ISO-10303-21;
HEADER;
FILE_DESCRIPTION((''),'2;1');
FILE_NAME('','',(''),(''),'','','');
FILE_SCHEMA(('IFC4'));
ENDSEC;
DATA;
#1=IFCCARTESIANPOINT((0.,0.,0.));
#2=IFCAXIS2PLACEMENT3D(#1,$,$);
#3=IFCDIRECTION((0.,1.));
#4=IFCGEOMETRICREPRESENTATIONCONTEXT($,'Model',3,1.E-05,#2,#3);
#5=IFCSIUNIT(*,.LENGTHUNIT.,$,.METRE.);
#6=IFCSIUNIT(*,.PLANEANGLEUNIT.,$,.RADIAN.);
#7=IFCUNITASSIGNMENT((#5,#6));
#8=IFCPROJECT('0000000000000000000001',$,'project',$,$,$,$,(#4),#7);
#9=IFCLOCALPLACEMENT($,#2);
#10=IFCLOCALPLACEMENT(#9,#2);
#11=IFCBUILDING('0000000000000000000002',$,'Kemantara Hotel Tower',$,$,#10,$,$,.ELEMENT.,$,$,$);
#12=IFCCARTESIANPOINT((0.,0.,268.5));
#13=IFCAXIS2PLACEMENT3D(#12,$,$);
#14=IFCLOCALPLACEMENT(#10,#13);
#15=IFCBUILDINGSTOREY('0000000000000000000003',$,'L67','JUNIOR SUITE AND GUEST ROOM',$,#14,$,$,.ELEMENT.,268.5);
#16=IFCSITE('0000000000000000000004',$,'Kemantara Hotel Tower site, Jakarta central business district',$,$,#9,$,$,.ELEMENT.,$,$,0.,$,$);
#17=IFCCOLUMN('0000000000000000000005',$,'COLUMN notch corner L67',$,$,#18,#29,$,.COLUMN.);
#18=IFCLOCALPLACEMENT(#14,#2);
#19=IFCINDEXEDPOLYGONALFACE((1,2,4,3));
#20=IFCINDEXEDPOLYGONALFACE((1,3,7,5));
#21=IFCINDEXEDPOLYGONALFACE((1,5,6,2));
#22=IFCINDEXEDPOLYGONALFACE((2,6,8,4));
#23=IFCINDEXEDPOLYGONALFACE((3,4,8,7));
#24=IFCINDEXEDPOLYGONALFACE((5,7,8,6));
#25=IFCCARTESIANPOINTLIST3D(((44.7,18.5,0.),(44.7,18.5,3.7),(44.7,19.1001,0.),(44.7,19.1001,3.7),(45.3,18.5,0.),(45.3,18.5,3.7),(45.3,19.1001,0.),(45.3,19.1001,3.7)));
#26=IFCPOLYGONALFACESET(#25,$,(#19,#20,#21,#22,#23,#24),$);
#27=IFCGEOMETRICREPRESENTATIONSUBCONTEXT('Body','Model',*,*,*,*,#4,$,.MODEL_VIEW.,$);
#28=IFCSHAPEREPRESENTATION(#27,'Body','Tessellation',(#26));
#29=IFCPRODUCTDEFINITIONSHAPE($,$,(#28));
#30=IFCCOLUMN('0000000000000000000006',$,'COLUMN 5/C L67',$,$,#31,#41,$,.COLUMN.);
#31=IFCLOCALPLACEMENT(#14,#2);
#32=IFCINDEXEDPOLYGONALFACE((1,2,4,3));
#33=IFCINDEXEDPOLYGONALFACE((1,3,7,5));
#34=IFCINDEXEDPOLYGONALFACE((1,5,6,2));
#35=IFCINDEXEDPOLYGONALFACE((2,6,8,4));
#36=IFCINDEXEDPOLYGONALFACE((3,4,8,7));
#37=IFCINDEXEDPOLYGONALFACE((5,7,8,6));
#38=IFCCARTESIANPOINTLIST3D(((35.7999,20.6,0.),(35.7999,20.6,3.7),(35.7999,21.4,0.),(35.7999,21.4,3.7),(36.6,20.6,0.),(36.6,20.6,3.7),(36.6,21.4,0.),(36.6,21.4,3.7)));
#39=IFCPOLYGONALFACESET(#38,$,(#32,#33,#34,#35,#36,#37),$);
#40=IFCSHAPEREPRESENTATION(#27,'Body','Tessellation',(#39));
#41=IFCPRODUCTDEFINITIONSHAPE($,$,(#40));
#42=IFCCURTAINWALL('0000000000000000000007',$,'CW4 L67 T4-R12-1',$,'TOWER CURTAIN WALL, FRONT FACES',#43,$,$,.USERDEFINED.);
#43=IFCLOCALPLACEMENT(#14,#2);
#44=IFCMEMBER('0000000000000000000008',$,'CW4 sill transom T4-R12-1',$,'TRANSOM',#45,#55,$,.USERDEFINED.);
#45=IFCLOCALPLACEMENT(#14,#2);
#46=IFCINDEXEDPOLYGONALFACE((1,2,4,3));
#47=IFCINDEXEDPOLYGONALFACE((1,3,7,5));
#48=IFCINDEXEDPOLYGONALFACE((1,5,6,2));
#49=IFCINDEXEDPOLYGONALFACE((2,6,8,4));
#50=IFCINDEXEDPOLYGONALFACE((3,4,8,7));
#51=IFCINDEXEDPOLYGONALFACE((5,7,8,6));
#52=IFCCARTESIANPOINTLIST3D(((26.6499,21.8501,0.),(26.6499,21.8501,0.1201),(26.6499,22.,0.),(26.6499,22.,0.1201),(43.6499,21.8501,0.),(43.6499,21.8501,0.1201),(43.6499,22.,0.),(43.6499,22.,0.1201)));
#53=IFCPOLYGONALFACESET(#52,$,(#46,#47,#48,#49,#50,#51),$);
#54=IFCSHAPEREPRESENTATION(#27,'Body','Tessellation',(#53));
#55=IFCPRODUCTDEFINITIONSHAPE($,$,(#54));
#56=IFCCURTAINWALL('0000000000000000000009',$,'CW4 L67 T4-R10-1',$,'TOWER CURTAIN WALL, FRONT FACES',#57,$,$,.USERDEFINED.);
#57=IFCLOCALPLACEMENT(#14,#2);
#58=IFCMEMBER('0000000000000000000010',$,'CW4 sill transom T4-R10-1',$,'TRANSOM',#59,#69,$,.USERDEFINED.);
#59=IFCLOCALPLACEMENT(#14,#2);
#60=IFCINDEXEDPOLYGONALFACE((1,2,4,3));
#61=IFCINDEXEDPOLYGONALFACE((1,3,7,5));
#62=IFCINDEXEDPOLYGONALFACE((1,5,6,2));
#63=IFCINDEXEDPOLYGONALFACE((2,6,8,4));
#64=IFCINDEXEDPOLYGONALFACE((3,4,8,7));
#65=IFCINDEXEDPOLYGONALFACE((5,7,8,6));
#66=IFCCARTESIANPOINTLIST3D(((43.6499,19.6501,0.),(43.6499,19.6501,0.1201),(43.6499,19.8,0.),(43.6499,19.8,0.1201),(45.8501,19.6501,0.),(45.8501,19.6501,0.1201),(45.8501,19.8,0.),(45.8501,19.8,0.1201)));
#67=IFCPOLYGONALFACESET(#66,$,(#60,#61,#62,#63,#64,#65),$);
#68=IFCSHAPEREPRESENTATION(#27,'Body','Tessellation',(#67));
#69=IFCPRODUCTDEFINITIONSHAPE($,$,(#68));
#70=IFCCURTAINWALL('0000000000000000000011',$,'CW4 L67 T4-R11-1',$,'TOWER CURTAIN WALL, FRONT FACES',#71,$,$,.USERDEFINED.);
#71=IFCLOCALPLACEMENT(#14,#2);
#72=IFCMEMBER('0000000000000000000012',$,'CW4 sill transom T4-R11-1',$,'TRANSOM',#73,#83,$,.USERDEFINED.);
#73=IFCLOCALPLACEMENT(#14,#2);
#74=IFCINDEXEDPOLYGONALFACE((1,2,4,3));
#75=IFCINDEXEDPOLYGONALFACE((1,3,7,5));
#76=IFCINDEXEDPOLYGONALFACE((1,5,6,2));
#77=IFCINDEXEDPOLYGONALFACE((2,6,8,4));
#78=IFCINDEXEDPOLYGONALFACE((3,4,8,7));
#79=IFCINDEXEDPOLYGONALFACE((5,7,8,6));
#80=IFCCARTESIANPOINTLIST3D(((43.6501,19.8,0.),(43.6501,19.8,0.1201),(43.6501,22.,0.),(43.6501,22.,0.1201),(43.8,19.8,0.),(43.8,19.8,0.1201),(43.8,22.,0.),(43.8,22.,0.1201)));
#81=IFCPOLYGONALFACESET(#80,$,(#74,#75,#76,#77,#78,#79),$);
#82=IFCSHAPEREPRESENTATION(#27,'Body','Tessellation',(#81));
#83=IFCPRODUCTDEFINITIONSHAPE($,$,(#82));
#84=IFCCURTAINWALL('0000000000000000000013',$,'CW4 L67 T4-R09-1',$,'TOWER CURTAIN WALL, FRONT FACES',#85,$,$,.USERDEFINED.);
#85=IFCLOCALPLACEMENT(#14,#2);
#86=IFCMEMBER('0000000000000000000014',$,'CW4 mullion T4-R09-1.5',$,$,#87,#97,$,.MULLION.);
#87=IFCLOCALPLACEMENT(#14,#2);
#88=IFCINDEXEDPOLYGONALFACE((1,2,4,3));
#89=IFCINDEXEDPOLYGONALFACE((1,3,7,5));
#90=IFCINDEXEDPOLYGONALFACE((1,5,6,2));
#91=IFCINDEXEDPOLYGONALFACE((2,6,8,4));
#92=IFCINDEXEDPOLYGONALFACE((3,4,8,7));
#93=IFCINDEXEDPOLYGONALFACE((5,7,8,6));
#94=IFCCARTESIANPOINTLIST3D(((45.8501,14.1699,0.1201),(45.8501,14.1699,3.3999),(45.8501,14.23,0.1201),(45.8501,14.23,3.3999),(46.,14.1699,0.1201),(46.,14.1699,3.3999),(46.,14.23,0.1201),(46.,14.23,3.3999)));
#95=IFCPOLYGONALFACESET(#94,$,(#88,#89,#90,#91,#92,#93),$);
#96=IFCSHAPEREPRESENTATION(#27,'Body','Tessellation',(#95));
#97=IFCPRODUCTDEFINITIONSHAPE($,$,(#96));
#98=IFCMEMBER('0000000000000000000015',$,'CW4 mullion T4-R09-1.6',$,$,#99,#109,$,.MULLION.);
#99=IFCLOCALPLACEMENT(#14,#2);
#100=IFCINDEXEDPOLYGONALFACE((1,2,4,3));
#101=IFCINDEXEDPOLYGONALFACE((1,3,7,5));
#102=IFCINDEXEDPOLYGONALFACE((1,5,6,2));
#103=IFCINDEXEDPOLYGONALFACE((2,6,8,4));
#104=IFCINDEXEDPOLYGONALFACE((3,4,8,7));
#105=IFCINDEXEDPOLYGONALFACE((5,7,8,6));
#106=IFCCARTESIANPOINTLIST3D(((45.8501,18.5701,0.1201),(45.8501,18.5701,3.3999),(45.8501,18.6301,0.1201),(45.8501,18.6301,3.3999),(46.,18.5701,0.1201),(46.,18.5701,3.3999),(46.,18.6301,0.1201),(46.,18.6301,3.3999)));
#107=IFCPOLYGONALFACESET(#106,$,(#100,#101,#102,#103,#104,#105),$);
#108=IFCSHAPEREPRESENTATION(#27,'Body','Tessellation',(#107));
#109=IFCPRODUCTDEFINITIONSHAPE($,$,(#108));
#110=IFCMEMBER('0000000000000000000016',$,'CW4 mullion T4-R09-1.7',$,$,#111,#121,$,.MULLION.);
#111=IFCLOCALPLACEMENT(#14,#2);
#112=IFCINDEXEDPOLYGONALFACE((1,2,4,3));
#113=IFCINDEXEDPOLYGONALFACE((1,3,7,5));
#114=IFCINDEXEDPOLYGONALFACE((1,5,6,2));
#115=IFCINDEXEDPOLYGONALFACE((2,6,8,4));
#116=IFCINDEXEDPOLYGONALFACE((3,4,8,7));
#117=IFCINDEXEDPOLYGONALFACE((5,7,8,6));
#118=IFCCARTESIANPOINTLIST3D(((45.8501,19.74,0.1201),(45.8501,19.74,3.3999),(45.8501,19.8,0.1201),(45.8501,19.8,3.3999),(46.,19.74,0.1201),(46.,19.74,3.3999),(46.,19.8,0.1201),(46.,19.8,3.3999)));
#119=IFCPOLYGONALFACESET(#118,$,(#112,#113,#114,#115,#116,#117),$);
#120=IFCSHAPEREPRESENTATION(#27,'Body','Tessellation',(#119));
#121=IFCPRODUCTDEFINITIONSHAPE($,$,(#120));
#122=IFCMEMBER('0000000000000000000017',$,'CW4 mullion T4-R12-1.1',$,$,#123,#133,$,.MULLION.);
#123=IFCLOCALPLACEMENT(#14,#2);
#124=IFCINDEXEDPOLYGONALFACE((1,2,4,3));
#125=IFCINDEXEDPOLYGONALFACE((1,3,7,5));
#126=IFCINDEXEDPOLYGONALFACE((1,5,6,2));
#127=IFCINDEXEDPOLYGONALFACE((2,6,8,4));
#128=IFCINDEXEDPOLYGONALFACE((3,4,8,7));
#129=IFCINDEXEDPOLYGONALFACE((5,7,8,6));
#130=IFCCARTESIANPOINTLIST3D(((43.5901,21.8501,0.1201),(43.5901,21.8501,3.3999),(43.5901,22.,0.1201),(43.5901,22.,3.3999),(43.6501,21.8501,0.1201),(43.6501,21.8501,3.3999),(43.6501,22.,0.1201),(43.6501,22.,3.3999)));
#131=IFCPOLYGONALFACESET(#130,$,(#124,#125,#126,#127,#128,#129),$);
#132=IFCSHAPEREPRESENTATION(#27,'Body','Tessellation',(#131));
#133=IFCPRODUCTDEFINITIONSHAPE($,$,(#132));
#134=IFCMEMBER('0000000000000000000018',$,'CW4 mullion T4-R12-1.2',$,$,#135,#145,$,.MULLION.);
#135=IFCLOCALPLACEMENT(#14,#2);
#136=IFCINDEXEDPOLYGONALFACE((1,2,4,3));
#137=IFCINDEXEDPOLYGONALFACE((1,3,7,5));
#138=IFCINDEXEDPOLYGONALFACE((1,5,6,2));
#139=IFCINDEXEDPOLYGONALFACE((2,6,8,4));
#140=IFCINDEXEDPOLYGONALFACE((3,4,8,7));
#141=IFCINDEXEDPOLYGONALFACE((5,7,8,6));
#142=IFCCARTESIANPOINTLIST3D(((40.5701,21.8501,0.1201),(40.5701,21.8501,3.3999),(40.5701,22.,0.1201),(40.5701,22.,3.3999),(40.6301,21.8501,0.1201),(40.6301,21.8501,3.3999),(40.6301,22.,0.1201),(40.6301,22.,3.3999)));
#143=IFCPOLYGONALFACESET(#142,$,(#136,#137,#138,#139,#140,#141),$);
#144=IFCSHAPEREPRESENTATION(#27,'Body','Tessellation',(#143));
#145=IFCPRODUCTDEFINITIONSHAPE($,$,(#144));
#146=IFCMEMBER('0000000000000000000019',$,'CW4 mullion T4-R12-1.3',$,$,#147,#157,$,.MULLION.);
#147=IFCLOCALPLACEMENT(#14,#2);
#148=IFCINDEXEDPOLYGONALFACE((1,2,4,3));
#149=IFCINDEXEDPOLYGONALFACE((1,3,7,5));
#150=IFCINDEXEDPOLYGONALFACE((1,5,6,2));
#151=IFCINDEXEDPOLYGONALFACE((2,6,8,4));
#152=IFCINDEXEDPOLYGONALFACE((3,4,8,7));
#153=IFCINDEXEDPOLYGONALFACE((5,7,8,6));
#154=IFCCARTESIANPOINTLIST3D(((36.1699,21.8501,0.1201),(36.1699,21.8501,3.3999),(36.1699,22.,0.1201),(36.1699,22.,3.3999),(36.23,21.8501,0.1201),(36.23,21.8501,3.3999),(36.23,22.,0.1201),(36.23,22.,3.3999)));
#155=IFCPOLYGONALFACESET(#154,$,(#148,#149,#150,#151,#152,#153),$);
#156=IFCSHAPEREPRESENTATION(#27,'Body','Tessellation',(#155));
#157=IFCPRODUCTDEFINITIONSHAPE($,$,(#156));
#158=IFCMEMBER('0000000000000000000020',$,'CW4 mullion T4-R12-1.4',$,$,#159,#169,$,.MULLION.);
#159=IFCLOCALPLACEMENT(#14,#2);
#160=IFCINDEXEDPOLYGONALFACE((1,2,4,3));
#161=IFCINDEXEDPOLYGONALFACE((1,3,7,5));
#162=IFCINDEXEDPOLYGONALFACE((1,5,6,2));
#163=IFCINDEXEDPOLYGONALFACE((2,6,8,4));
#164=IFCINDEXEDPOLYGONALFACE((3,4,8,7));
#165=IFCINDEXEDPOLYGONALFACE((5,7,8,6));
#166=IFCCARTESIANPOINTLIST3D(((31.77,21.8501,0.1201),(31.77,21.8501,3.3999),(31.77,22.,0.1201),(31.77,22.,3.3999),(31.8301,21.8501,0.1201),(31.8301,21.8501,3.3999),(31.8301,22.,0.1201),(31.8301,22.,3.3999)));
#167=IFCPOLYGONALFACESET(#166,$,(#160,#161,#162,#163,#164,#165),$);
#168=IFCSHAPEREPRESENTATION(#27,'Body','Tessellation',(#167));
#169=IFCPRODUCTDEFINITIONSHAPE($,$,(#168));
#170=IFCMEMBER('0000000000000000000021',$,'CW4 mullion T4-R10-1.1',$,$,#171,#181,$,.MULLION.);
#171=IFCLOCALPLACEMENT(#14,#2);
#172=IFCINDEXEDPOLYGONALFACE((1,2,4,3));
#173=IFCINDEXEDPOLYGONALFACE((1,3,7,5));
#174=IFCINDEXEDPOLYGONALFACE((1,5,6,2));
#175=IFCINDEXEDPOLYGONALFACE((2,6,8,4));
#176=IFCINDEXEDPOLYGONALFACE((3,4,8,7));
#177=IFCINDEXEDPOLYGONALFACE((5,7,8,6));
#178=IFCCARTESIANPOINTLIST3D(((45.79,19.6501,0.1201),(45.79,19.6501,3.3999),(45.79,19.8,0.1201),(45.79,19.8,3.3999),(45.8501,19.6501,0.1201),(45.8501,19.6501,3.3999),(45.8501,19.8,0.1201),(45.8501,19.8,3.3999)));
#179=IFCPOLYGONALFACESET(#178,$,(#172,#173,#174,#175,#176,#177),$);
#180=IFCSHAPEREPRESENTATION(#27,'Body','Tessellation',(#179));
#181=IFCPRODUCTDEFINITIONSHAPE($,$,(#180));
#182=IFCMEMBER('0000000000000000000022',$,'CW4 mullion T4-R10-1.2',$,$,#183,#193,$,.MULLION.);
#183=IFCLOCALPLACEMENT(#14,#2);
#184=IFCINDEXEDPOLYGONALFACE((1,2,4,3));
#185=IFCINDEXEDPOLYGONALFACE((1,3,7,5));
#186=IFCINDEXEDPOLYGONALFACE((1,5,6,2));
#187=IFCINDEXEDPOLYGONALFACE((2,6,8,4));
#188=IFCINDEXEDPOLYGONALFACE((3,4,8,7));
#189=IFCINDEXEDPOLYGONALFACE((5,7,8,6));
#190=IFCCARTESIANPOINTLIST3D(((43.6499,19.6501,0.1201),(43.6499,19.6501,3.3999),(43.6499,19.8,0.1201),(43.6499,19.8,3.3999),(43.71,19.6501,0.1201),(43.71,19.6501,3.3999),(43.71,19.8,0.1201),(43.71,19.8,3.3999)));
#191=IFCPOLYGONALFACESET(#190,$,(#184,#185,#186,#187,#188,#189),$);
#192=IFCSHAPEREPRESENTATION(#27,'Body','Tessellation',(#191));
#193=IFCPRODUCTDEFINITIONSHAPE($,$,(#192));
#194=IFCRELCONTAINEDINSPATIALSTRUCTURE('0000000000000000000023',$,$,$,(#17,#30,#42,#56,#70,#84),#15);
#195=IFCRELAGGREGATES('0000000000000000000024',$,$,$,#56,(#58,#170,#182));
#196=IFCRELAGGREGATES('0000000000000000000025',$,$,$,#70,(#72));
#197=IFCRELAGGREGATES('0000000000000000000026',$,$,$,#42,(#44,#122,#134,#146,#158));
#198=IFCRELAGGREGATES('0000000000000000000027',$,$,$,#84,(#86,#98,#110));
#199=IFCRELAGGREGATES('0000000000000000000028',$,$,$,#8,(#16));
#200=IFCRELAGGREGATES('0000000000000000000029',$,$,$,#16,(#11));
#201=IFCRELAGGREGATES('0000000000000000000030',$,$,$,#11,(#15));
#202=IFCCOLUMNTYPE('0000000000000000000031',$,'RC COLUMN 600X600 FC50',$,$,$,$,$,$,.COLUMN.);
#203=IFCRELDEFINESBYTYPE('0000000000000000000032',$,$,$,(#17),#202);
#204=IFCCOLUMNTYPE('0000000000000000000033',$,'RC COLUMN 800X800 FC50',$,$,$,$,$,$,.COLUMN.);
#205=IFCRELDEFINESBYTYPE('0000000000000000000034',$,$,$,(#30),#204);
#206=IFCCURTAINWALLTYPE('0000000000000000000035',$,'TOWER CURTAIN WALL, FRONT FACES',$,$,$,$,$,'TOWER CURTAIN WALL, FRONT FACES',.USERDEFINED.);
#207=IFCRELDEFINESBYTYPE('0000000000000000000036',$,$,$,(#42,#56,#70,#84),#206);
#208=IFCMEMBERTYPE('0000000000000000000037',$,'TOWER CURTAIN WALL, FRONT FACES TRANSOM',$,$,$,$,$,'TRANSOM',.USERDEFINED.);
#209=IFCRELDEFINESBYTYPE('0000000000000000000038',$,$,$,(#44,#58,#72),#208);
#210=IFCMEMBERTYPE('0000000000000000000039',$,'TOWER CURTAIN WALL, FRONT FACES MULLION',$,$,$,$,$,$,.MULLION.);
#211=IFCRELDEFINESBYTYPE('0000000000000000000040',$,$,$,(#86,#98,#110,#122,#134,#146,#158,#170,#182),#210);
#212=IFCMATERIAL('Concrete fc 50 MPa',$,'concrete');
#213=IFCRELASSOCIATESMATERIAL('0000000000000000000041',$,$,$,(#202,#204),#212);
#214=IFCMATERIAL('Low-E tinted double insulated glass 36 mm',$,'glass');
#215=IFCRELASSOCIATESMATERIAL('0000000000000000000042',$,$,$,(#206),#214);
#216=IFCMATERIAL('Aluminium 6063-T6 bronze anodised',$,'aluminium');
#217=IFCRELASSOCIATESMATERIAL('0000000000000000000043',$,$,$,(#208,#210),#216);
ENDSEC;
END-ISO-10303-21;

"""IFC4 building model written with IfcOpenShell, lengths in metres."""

from ifc_helpers import new_model, si_unit, direction, frame, origin, origin_2d, place, context, subcontext, project, spatial, rectangle, extrude, source, transform, mapped, material, material_profile, profile_set, type_object, element, aggregate, save


model = new_model("IFC4")

# Units and contexts
model_context = context("Model", 3, precision=1e-05, world=origin(), true_north=direction((0.0, 1.0)))
body_context = subcontext(model_context, "Body", "Model", "MODEL_VIEW")
ifc_project = project(units=[si_unit("LENGTHUNIT", "METRE"), si_unit("PLANEANGLEUNIT", "RADIAN")], contexts=[model_context])

# Site, building, storey
site_placement = place(None, origin())
site = spatial("IfcSite", under=ifc_project, at=site_placement, Name="Kemantara Hotel Tower site, Jakarta central business district", CompositionType="ELEMENT", RefElevation=0.0)
building_placement = place(site_placement, origin())
building = spatial("IfcBuilding", under=site, at=building_placement, Name="Kemantara Hotel Tower", CompositionType="ELEMENT")
storey_placement = place(building_placement, frame((0.0, 0.0, 268.5)))
storey = spatial("IfcBuildingStorey", under=building, at=storey_placement, Name="L67", Description="JUNIOR SUITE AND GUEST ROOM", CompositionType="ELEMENT", Elevation=268.5)

# Columns
ifc_material_1 = material(Name="Concrete fc 50 MPa", Category="concrete")
ifc_material_profile_1 = material_profile(ifc_material_1, rectangle(XDim=0.6001, YDim=0.6001, at=origin_2d()), Name="RC 600X600")
ifc_profile_set_1 = profile_set([ifc_material_profile_1], Name="Concrete fc 50 MPa")
column_type_1 = type_object("IfcColumnType", Name="RC COLUMN 600X600 FC50", PredefinedType="COLUMN", material=ifc_profile_set_1)
column_1_placement = place(storey_placement, frame((45.0, 18.8, 0.0), z_axis=(0.0, 0.0, 1.0), x_axis=(1.0, 0.0, 0.0)))
element("IfcColumn", 1, at=column_1_placement, inside=storey, type_object=column_type_1, Name="COLUMN notch corner L67", PredefinedType="COLUMN", context=body_context, shape_type="SweptSolid", body=[
    extrude(rectangle(XDim=0.6001, YDim=0.6001, at=origin_2d()), origin(), (0.0, 0.0, 1.0), 3.7),
])
ifc_material_profile_2 = material_profile(ifc_material_1, rectangle(XDim=0.8, YDim=0.8, at=origin_2d()), Name="RC 800X800")
ifc_profile_set_2 = profile_set([ifc_material_profile_2], Name="Concrete fc 50 MPa")
column_type_2 = type_object("IfcColumnType", Name="RC COLUMN 800X800 FC50", PredefinedType="COLUMN", material=ifc_profile_set_2)
column_2_placement = place(storey_placement, frame((36.2, 21.0, 0.0), z_axis=(0.0, 0.0, 1.0), x_axis=(1.0, 0.0, 0.0)))
element("IfcColumn", 2, at=column_2_placement, inside=storey, type_object=column_type_2, Name="COLUMN 5/C L67", PredefinedType="COLUMN", context=body_context, shape_type="SweptSolid", body=[
    extrude(rectangle(XDim=0.8, YDim=0.8, at=origin_2d()), origin(), (0.0, 0.0, 1.0), 3.7),
])

# Curtain walls, members
ifc_material_2 = material(Name="Low-E tinted double insulated glass 36 mm", Category="glass")
curtain_wall_type = type_object("IfcCurtainWallType", Name="TOWER CURTAIN WALL, FRONT FACES", ElementType="TOWER CURTAIN WALL, FRONT FACES", PredefinedType="USERDEFINED", material=ifc_material_2)
curtain_wall_1_placement = place(storey_placement, origin())
curtain_wall_1 = element("IfcCurtainWall", 3, at=curtain_wall_1_placement, inside=storey, type_object=curtain_wall_type, Name="CW4 L67 T4-R12-1", ObjectType="TOWER CURTAIN WALL, FRONT FACES", PredefinedType="USERDEFINED")
ifc_material_3 = material(Name="Aluminium 6063-T6 bronze anodised", Category="aluminium")
ifc_material_profile_3 = material_profile(ifc_material_3, rectangle(XDim=0.1499, YDim=0.1201, at=origin_2d()), Name="TOWER CURTAIN WALL, FRONT FACES TRANSOM")
ifc_profile_set_3 = profile_set([ifc_material_profile_3], Name="Aluminium 6063-T6 bronze anodised")
member_type_1 = type_object("IfcMemberType", Name="TOWER CURTAIN WALL, FRONT FACES TRANSOM", ElementType="TRANSOM", PredefinedType="USERDEFINED", material=ifc_profile_set_3)
member_1_placement = place(storey_placement, frame((43.6499, 21.925, 0.0601), z_axis=(-1.0, 0.0, 0.0), x_axis=(0.0, -1.0, 0.0)))
member_1 = element("IfcMember", 4, at=member_1_placement, type_object=member_type_1, Name="CW4 sill transom T4-R12-1", ObjectType="TRANSOM", PredefinedType="USERDEFINED", context=body_context, shape_type="SweptSolid", body=[
    extrude(rectangle(XDim=0.1499, YDim=0.1201, at=origin_2d()), origin(), (0.0, 0.0, 1.0), 17.0),
])
curtain_wall_2_placement = place(storey_placement, origin())
curtain_wall_2 = element("IfcCurtainWall", 5, at=curtain_wall_2_placement, inside=storey, type_object=curtain_wall_type, Name="CW4 L67 T4-R10-1", ObjectType="TOWER CURTAIN WALL, FRONT FACES", PredefinedType="USERDEFINED")
member_2_placement = place(storey_placement, frame((45.8501, 19.7251, 0.0601), z_axis=(-1.0, 0.0, 0.0), x_axis=(0.0, -1.0, 0.0)))
member_2 = element("IfcMember", 6, at=member_2_placement, type_object=member_type_1, Name="CW4 sill transom T4-R10-1", ObjectType="TRANSOM", PredefinedType="USERDEFINED", context=body_context, shape_type="SweptSolid", body=[
    extrude(rectangle(XDim=0.1499, YDim=0.1201, at=origin_2d()), origin(), (0.0, 0.0, 1.0), 2.2002),
])
curtain_wall_3_placement = place(storey_placement, origin())
curtain_wall_3 = element("IfcCurtainWall", 7, at=curtain_wall_3_placement, inside=storey, type_object=curtain_wall_type, Name="CW4 L67 T4-R11-1", ObjectType="TOWER CURTAIN WALL, FRONT FACES", PredefinedType="USERDEFINED")
member_3_placement = place(storey_placement, frame((43.7251, 19.8, 0.0601), z_axis=(0.0, 1.0, 0.0), x_axis=(-1.0, 0.0, 0.0)))
member_3 = element("IfcMember", 8, at=member_3_placement, type_object=member_type_1, Name="CW4 sill transom T4-R11-1", ObjectType="TRANSOM", PredefinedType="USERDEFINED", context=body_context, shape_type="SweptSolid", body=[
    extrude(rectangle(XDim=0.1499, YDim=0.1201, at=origin_2d()), origin(), (0.0, 0.0, 1.0), 2.2),
])

# Curtain wall, members
curtain_wall_4_placement = place(storey_placement, origin())
curtain_wall_4 = element("IfcCurtainWall", 9, at=curtain_wall_4_placement, inside=storey, type_object=curtain_wall_type, Name="CW4 L67 T4-R09-1", ObjectType="TOWER CURTAIN WALL, FRONT FACES", PredefinedType="USERDEFINED")
ifc_material_profile_4 = material_profile(ifc_material_3, rectangle(XDim=0.1499, YDim=0.0601, at=origin_2d()), Name="TOWER CURTAIN WALL, FRONT FACES MULLION")
ifc_profile_set_4 = profile_set([ifc_material_profile_4], Name="Aluminium 6063-T6 bronze anodised")
member_type_2 = type_object("IfcMemberType", Name="TOWER CURTAIN WALL, FRONT FACES MULLION", PredefinedType="MULLION", material=ifc_profile_set_4)
shared_shape_1 = source(origin(), body_context, "Body", "SweptSolid", [
    extrude(rectangle(XDim=0.1499, YDim=0.0601, at=origin_2d()), origin(), (0.0, 0.0, 1.0), 3.2798),
])
member_4_placement = place(storey_placement, frame((45.925, 14.2, 0.1201), z_axis=(0.0, 0.0, 1.0), x_axis=(-1.0, 0.0, 0.0)))
member_4 = element("IfcMember", 10, at=member_4_placement, type_object=member_type_2, Name="CW4 mullion T4-R09-1.5", PredefinedType="MULLION", context=body_context, shape_type="MappedRepresentation", body=[
    mapped(shared_shape_1, transform((0.0, 0.0, 0.0))),
])
member_5_placement = place(storey_placement, frame((45.925, 18.6001, 0.1201), z_axis=(0.0, 0.0, 1.0), x_axis=(-1.0, 0.0, 0.0)))
member_5 = element("IfcMember", 11, at=member_5_placement, type_object=member_type_2, Name="CW4 mullion T4-R09-1.6", PredefinedType="MULLION", context=body_context, shape_type="MappedRepresentation", body=[
    mapped(shared_shape_1, transform((0.0, 0.0, 0.0))),
])
member_6_placement = place(storey_placement, frame((45.925, 19.77, 0.1201), z_axis=(0.0, 0.0, 1.0), x_axis=(-1.0, 0.0, 0.0)))
member_6 = element("IfcMember", 12, at=member_6_placement, type_object=member_type_2, Name="CW4 mullion T4-R09-1.7", PredefinedType="MULLION", context=body_context, shape_type="MappedRepresentation", body=[
    mapped(shared_shape_1, transform((0.0, 0.0, 0.0))),
])

# Members
member_7_placement = place(storey_placement, frame((43.6201, 21.925, 0.1201), z_axis=(0.0, 0.0, 1.0), x_axis=(0.0, -1.0, 0.0)))
member_7 = element("IfcMember", 13, at=member_7_placement, type_object=member_type_2, Name="CW4 mullion T4-R12-1.1", PredefinedType="MULLION", context=body_context, shape_type="MappedRepresentation", body=[
    mapped(shared_shape_1, transform((0.0, 0.0, 0.0))),
])
member_8_placement = place(storey_placement, frame((40.6001, 21.925, 0.1201), z_axis=(0.0, 0.0, 1.0), x_axis=(0.0, -1.0, 0.0)))
member_8 = element("IfcMember", 14, at=member_8_placement, type_object=member_type_2, Name="CW4 mullion T4-R12-1.2", PredefinedType="MULLION", context=body_context, shape_type="MappedRepresentation", body=[
    mapped(shared_shape_1, transform((0.0, 0.0, 0.0))),
])
member_9_placement = place(storey_placement, frame((36.2, 21.925, 0.1201), z_axis=(0.0, 0.0, 1.0), x_axis=(0.0, -1.0, 0.0)))
member_9 = element("IfcMember", 15, at=member_9_placement, type_object=member_type_2, Name="CW4 mullion T4-R12-1.3", PredefinedType="MULLION", context=body_context, shape_type="MappedRepresentation", body=[
    mapped(shared_shape_1, transform((0.0, 0.0, 0.0))),
])
member_10_placement = place(storey_placement, frame((31.8, 21.925, 0.1201), z_axis=(0.0, 0.0, 1.0), x_axis=(0.0, -1.0, 0.0)))
member_10 = element("IfcMember", 16, at=member_10_placement, type_object=member_type_2, Name="CW4 mullion T4-R12-1.4", PredefinedType="MULLION", context=body_context, shape_type="MappedRepresentation", body=[
    mapped(shared_shape_1, transform((0.0, 0.0, 0.0))),
])
member_11_placement = place(storey_placement, frame((45.8201, 19.7251, 0.1201), z_axis=(0.0, 0.0, 1.0), x_axis=(0.0, -1.0, 0.0)))
member_11 = element("IfcMember", 17, at=member_11_placement, type_object=member_type_2, Name="CW4 mullion T4-R10-1.1", PredefinedType="MULLION", context=body_context, shape_type="MappedRepresentation", body=[
    mapped(shared_shape_1, transform((0.0, 0.0, 0.0))),
])
member_12_placement = place(storey_placement, frame((43.6799, 19.7251, 0.1201), z_axis=(0.0, 0.0, 1.0), x_axis=(0.0, -1.0, 0.0)))
member_12 = element("IfcMember", 18, at=member_12_placement, type_object=member_type_2, Name="CW4 mullion T4-R10-1.2", PredefinedType="MULLION", context=body_context, shape_type="MappedRepresentation", body=[
    mapped(shared_shape_1, transform((0.0, 0.0, 0.0))),
])

aggregate(curtain_wall_2, [member_2, member_11, member_12])
aggregate(curtain_wall_3, [member_3])
aggregate(curtain_wall_1, [member_1, member_7, member_8, member_9, member_10])
aggregate(curtain_wall_4, [member_4, member_5, member_6])

save(model, "model.ifc")
